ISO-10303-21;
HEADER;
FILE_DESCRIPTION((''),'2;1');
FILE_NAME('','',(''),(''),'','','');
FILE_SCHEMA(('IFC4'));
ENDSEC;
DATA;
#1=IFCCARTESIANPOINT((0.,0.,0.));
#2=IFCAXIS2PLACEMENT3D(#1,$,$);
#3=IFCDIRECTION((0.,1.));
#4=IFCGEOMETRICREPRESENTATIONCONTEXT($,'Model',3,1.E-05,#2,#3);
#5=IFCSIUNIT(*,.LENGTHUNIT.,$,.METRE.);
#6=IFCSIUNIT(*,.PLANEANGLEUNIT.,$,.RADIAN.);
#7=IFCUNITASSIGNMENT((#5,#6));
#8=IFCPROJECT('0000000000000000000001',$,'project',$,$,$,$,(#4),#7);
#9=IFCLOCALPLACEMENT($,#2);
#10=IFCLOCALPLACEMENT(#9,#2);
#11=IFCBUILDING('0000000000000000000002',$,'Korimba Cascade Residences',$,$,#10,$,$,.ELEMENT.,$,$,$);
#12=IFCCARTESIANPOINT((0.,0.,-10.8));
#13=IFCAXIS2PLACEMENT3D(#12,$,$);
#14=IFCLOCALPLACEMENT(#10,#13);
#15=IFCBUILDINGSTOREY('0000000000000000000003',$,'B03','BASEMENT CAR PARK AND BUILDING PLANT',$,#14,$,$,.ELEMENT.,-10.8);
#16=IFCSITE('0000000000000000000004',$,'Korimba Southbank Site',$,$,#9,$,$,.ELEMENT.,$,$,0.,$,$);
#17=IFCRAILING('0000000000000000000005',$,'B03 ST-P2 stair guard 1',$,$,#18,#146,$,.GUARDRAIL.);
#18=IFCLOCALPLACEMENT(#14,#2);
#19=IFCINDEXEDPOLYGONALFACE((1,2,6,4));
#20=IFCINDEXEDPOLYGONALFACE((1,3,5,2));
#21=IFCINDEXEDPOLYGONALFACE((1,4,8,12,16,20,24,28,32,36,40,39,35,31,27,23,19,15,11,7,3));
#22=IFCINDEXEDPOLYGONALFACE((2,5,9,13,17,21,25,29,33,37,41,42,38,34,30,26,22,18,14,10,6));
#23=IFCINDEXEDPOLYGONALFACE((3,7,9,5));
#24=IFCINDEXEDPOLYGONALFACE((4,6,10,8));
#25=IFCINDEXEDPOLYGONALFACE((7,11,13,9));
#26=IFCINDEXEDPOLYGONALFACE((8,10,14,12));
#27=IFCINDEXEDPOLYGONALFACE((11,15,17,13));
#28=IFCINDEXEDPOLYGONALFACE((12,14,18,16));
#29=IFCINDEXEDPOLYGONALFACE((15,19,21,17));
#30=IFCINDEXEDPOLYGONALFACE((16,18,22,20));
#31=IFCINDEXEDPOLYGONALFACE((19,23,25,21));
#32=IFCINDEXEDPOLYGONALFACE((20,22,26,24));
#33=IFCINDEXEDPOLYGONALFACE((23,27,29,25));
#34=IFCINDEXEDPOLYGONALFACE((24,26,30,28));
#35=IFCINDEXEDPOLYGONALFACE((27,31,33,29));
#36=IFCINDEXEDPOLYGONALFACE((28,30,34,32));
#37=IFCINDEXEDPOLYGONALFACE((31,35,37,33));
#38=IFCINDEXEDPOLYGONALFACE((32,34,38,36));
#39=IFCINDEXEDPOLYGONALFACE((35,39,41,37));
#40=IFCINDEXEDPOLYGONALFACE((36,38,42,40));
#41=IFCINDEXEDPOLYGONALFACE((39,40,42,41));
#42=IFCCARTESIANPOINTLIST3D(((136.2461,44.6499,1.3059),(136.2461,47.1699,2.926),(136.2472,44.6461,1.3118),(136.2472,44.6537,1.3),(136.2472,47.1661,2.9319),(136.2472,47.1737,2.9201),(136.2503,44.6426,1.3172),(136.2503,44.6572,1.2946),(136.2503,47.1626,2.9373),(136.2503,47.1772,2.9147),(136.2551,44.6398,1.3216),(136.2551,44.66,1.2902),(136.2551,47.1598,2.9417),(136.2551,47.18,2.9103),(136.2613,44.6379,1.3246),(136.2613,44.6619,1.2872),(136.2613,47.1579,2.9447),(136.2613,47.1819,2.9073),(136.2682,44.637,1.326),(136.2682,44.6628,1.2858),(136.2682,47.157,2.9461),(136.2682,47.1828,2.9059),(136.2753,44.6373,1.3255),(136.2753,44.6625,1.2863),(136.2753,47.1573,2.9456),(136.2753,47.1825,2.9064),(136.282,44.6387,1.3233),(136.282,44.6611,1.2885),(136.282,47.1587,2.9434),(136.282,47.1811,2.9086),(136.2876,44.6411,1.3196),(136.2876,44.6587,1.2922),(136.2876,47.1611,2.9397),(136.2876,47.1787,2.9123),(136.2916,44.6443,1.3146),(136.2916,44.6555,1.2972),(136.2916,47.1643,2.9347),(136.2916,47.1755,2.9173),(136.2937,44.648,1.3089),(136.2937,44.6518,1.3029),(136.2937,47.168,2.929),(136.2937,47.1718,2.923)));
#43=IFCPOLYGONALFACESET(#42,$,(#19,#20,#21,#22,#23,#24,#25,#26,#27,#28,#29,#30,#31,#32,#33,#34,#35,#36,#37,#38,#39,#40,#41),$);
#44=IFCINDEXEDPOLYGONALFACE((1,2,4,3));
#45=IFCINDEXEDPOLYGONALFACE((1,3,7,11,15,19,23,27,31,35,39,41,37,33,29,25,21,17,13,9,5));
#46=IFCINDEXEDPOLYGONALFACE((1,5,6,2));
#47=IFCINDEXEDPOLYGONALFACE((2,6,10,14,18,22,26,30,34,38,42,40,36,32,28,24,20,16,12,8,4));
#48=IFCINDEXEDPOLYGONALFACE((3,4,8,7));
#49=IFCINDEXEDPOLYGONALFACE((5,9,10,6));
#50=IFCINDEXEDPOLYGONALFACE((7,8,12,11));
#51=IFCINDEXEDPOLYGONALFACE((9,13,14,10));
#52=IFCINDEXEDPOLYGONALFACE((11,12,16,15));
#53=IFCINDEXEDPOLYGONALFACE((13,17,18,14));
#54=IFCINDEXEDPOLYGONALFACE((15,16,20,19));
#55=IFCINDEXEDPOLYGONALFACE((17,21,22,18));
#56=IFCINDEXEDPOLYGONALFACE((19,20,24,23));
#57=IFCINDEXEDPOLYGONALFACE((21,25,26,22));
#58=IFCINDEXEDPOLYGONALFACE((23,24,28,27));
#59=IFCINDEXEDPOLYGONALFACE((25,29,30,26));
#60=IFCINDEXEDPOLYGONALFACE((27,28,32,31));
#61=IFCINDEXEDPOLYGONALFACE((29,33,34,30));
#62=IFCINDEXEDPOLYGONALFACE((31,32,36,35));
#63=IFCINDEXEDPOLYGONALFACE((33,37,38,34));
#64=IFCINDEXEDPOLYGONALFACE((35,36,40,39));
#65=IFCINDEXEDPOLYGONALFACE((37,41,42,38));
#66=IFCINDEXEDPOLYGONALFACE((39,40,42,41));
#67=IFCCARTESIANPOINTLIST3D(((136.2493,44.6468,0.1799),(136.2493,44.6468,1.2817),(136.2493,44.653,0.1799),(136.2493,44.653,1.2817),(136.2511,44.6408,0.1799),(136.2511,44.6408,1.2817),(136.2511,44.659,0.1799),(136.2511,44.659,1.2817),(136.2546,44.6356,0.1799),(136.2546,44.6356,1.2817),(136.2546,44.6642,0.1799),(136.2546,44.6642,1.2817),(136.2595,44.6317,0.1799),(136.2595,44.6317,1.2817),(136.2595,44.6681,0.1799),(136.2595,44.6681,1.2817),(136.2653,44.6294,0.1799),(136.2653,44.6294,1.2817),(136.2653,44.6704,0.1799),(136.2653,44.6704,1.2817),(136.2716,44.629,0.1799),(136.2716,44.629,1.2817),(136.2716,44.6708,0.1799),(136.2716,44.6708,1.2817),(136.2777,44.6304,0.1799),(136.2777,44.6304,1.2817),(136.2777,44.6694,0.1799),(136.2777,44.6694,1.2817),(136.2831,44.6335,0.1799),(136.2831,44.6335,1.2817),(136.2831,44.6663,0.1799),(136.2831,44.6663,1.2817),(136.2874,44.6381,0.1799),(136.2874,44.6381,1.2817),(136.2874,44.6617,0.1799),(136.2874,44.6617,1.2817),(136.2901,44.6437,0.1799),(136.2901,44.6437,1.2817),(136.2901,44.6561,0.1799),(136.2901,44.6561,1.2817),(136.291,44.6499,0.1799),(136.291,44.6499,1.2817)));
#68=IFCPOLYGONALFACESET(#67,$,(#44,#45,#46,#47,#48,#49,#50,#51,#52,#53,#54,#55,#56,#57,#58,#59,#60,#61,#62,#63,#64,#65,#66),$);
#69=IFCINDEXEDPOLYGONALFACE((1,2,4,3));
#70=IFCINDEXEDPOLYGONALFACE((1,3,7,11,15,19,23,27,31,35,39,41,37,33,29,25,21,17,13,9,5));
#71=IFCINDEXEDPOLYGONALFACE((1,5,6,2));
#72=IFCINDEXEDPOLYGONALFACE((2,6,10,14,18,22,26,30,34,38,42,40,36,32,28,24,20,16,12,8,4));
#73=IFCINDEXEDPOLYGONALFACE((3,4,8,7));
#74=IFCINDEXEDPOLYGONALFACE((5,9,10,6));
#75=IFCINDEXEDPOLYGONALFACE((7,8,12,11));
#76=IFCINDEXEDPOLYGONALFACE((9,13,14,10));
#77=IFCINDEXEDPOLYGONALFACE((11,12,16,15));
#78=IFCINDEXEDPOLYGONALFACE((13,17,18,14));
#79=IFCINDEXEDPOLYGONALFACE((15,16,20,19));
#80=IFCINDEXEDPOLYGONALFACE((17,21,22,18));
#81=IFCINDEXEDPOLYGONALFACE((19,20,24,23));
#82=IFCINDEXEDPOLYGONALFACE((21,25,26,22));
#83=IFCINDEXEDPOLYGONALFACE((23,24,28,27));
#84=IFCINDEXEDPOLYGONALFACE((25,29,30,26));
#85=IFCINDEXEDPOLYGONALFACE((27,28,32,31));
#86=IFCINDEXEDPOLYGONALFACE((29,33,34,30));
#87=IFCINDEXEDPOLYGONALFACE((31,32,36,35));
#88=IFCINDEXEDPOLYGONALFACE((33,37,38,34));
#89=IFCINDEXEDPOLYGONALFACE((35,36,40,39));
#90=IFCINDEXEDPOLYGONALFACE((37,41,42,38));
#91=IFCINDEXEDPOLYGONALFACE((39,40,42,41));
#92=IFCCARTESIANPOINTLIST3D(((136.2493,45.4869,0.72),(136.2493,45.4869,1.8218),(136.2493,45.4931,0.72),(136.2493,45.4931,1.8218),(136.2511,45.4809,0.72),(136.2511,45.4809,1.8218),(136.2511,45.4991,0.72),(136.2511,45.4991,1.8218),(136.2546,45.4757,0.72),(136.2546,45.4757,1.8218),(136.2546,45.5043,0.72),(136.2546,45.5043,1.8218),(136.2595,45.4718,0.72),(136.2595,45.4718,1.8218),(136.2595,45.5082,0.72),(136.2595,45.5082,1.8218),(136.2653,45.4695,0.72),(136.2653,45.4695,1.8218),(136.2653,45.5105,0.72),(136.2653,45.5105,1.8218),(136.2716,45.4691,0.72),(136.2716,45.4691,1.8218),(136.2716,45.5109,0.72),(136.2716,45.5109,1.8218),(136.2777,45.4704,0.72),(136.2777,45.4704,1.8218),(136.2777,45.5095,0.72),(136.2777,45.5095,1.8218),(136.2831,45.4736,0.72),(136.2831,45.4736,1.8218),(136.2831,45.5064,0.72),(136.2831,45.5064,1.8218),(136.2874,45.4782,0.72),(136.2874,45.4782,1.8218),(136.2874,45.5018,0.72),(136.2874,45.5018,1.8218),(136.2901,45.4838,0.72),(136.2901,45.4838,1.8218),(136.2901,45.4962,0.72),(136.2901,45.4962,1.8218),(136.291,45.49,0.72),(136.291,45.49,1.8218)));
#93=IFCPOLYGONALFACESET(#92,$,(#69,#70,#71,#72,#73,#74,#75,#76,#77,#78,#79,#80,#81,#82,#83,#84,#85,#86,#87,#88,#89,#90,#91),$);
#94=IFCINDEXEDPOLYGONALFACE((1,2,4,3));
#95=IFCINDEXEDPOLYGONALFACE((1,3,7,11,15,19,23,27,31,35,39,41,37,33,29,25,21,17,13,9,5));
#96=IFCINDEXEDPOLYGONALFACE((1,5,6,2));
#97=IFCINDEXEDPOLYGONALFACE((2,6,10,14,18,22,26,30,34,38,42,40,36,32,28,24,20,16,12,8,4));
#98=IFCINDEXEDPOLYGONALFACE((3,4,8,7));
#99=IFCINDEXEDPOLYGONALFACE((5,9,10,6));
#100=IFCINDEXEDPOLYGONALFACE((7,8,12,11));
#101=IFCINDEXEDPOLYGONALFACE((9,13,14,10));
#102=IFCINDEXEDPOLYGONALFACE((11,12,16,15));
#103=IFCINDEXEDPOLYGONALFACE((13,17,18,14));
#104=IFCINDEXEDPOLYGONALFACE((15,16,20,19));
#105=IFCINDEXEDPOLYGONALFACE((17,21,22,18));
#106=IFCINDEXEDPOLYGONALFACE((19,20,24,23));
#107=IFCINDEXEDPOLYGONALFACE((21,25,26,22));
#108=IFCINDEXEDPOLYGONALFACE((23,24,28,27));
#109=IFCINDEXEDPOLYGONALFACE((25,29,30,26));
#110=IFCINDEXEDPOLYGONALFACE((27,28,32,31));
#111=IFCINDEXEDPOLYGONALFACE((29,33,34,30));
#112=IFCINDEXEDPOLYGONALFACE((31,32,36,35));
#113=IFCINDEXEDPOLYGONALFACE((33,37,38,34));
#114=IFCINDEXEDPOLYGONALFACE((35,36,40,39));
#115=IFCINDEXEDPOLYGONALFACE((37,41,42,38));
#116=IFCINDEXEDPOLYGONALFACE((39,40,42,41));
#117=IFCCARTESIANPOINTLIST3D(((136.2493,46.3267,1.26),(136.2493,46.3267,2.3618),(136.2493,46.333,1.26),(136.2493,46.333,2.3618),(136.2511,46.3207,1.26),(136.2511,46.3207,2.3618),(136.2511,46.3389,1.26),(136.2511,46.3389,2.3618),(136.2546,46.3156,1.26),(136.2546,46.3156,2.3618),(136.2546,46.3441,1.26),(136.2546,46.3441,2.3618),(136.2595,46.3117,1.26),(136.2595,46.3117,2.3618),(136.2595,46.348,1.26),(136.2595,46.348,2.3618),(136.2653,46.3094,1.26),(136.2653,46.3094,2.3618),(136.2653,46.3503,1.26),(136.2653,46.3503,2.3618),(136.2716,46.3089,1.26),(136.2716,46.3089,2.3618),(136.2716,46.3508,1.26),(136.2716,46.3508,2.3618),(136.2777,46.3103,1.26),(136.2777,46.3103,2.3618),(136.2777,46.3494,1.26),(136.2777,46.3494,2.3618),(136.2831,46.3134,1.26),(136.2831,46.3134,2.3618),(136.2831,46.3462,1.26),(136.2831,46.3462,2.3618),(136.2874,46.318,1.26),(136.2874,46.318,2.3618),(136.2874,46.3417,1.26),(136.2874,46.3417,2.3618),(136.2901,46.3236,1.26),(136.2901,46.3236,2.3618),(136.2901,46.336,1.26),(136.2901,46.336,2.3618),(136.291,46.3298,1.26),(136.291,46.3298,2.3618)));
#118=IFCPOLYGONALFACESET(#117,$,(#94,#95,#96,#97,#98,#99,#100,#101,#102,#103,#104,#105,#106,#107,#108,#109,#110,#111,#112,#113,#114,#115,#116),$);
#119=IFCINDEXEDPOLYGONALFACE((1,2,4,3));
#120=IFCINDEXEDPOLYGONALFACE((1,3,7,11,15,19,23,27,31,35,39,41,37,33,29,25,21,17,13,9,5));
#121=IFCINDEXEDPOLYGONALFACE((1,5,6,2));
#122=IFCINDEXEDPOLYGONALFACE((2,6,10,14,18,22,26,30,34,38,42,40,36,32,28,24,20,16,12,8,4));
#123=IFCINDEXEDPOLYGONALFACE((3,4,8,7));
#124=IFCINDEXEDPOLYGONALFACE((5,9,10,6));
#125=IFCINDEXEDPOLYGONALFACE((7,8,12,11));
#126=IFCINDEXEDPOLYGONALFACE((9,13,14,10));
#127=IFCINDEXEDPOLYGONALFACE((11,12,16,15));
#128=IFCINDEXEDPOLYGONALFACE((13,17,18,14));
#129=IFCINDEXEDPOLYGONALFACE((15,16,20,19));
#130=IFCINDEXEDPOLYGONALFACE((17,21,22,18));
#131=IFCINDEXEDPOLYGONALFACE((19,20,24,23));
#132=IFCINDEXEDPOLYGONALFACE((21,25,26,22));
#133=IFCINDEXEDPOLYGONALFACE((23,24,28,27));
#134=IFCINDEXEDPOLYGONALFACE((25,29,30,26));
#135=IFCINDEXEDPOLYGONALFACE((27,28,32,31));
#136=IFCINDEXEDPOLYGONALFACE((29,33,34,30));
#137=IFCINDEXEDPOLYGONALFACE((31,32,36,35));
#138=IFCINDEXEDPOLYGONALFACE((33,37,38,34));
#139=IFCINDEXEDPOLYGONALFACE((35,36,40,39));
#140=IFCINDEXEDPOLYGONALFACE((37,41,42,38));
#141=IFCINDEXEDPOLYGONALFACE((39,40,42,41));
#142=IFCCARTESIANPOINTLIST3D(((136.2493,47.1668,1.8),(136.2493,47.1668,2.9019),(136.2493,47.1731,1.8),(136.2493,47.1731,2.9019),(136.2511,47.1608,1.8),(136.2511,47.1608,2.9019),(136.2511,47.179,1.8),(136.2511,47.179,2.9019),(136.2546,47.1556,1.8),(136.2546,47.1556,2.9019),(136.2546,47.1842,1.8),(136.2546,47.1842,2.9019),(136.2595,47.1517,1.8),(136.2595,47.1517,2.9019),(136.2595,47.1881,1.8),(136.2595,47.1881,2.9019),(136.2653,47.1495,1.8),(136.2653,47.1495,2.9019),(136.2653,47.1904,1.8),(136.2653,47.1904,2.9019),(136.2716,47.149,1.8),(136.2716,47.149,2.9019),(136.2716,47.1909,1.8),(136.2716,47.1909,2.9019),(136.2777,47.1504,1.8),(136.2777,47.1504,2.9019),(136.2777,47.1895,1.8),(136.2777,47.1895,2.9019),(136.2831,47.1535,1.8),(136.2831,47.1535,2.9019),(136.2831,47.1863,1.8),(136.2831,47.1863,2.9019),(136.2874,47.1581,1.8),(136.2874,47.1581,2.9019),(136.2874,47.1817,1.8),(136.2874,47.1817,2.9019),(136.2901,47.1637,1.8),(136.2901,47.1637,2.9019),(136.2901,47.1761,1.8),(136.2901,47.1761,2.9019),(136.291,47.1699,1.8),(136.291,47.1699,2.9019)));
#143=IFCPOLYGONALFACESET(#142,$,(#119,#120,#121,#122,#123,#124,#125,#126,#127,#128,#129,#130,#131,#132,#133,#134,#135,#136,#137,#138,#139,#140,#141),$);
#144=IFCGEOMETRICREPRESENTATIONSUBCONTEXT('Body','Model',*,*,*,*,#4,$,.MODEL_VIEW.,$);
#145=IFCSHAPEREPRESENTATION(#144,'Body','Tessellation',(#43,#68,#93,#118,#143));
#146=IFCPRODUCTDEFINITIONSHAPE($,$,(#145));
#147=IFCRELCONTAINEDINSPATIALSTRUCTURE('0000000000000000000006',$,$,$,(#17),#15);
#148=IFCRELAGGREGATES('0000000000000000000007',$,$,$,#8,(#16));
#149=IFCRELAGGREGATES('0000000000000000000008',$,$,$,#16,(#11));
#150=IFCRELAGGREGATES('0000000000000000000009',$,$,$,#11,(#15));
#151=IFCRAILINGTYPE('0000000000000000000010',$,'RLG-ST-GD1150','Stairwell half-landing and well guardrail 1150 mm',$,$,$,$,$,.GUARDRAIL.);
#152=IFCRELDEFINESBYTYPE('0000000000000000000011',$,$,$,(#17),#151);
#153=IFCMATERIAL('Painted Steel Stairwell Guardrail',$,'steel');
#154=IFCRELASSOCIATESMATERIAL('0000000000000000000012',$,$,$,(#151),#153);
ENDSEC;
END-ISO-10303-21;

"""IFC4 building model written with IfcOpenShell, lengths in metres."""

from ifc_helpers import new_model, si_unit, direction, frame, origin, origin_2d, place, context, subcontext, project, spatial, circle, extrude, material, type_object, element, save


model = new_model("IFC4")

# Units and contexts
model_context = context("Model", 3, precision=1e-05, world=origin(), true_north=direction((0.0, 1.0)))
body_context = subcontext(model_context, "Body", "Model", "MODEL_VIEW")
ifc_project = project(units=[si_unit("LENGTHUNIT", "METRE"), si_unit("PLANEANGLEUNIT", "RADIAN")], contexts=[model_context])

# Site, building, storey
site_placement = place(None, origin())
site = spatial("IfcSite", under=ifc_project, at=site_placement, Name="Korimba Southbank Site", CompositionType="ELEMENT", RefElevation=0.0)
building_placement = place(site_placement, origin())
building = spatial("IfcBuilding", under=site, at=building_placement, Name="Korimba Cascade Residences", CompositionType="ELEMENT")
storey_placement = place(building_placement, frame((0.0, 0.0, -10.8)))
storey = spatial("IfcBuildingStorey", under=building, at=storey_placement, Name="B03", Description="BASEMENT CAR PARK AND BUILDING PLANT", CompositionType="ELEMENT", Elevation=-10.8)

# Railing
ifc_material_1 = material(Name="Painted Steel Stairwell Guardrail", Category="steel")
railing_type_1 = type_object("IfcRailingType", Name="RLG-ST-GD1150", Description="Stairwell half-landing and well guardrail 1150 mm", PredefinedType="GUARDRAIL", material=ifc_material_1)
railing_1_placement = place(storey_placement, frame((136.27, 44.6499, 0.1799)))
element("IfcRailing", 1, at=railing_1_placement, inside=storey, type_object=railing_type_1, Name="B03 ST-P2 stair guard 1", PredefinedType="GUARDRAIL", context=body_context, shape_type="SweptSolid", body=[
    extrude(circle(Radius=0.0239, at=origin_2d()), frame((0.0, 0.0, 1.126), z_axis=(0.0, 0.841163, 0.540782), x_axis=(-1.0, 0.0, 0.0)), (0.0, 0.0, 1.0), 2.9958),
    extrude(circle(Radius=0.021, at=origin_2d()), origin(), (0.0, 0.0, 1.0), 1.1018),
    extrude(circle(Radius=0.021, at=origin_2d()), frame((0.0, 0.8401, 0.54)), (0.0, 0.0, 1.0), 1.1018),
    extrude(circle(Radius=0.021, at=origin_2d()), frame((0.0, 1.6799, 1.0801)), (0.0, 0.0, 1.0), 1.1018),
    extrude(circle(Radius=0.021, at=origin_2d()), frame((0.0, 2.52, 1.6201)), (0.0, 0.0, 1.0), 1.1018),
])

save(model, "model.ifc")
